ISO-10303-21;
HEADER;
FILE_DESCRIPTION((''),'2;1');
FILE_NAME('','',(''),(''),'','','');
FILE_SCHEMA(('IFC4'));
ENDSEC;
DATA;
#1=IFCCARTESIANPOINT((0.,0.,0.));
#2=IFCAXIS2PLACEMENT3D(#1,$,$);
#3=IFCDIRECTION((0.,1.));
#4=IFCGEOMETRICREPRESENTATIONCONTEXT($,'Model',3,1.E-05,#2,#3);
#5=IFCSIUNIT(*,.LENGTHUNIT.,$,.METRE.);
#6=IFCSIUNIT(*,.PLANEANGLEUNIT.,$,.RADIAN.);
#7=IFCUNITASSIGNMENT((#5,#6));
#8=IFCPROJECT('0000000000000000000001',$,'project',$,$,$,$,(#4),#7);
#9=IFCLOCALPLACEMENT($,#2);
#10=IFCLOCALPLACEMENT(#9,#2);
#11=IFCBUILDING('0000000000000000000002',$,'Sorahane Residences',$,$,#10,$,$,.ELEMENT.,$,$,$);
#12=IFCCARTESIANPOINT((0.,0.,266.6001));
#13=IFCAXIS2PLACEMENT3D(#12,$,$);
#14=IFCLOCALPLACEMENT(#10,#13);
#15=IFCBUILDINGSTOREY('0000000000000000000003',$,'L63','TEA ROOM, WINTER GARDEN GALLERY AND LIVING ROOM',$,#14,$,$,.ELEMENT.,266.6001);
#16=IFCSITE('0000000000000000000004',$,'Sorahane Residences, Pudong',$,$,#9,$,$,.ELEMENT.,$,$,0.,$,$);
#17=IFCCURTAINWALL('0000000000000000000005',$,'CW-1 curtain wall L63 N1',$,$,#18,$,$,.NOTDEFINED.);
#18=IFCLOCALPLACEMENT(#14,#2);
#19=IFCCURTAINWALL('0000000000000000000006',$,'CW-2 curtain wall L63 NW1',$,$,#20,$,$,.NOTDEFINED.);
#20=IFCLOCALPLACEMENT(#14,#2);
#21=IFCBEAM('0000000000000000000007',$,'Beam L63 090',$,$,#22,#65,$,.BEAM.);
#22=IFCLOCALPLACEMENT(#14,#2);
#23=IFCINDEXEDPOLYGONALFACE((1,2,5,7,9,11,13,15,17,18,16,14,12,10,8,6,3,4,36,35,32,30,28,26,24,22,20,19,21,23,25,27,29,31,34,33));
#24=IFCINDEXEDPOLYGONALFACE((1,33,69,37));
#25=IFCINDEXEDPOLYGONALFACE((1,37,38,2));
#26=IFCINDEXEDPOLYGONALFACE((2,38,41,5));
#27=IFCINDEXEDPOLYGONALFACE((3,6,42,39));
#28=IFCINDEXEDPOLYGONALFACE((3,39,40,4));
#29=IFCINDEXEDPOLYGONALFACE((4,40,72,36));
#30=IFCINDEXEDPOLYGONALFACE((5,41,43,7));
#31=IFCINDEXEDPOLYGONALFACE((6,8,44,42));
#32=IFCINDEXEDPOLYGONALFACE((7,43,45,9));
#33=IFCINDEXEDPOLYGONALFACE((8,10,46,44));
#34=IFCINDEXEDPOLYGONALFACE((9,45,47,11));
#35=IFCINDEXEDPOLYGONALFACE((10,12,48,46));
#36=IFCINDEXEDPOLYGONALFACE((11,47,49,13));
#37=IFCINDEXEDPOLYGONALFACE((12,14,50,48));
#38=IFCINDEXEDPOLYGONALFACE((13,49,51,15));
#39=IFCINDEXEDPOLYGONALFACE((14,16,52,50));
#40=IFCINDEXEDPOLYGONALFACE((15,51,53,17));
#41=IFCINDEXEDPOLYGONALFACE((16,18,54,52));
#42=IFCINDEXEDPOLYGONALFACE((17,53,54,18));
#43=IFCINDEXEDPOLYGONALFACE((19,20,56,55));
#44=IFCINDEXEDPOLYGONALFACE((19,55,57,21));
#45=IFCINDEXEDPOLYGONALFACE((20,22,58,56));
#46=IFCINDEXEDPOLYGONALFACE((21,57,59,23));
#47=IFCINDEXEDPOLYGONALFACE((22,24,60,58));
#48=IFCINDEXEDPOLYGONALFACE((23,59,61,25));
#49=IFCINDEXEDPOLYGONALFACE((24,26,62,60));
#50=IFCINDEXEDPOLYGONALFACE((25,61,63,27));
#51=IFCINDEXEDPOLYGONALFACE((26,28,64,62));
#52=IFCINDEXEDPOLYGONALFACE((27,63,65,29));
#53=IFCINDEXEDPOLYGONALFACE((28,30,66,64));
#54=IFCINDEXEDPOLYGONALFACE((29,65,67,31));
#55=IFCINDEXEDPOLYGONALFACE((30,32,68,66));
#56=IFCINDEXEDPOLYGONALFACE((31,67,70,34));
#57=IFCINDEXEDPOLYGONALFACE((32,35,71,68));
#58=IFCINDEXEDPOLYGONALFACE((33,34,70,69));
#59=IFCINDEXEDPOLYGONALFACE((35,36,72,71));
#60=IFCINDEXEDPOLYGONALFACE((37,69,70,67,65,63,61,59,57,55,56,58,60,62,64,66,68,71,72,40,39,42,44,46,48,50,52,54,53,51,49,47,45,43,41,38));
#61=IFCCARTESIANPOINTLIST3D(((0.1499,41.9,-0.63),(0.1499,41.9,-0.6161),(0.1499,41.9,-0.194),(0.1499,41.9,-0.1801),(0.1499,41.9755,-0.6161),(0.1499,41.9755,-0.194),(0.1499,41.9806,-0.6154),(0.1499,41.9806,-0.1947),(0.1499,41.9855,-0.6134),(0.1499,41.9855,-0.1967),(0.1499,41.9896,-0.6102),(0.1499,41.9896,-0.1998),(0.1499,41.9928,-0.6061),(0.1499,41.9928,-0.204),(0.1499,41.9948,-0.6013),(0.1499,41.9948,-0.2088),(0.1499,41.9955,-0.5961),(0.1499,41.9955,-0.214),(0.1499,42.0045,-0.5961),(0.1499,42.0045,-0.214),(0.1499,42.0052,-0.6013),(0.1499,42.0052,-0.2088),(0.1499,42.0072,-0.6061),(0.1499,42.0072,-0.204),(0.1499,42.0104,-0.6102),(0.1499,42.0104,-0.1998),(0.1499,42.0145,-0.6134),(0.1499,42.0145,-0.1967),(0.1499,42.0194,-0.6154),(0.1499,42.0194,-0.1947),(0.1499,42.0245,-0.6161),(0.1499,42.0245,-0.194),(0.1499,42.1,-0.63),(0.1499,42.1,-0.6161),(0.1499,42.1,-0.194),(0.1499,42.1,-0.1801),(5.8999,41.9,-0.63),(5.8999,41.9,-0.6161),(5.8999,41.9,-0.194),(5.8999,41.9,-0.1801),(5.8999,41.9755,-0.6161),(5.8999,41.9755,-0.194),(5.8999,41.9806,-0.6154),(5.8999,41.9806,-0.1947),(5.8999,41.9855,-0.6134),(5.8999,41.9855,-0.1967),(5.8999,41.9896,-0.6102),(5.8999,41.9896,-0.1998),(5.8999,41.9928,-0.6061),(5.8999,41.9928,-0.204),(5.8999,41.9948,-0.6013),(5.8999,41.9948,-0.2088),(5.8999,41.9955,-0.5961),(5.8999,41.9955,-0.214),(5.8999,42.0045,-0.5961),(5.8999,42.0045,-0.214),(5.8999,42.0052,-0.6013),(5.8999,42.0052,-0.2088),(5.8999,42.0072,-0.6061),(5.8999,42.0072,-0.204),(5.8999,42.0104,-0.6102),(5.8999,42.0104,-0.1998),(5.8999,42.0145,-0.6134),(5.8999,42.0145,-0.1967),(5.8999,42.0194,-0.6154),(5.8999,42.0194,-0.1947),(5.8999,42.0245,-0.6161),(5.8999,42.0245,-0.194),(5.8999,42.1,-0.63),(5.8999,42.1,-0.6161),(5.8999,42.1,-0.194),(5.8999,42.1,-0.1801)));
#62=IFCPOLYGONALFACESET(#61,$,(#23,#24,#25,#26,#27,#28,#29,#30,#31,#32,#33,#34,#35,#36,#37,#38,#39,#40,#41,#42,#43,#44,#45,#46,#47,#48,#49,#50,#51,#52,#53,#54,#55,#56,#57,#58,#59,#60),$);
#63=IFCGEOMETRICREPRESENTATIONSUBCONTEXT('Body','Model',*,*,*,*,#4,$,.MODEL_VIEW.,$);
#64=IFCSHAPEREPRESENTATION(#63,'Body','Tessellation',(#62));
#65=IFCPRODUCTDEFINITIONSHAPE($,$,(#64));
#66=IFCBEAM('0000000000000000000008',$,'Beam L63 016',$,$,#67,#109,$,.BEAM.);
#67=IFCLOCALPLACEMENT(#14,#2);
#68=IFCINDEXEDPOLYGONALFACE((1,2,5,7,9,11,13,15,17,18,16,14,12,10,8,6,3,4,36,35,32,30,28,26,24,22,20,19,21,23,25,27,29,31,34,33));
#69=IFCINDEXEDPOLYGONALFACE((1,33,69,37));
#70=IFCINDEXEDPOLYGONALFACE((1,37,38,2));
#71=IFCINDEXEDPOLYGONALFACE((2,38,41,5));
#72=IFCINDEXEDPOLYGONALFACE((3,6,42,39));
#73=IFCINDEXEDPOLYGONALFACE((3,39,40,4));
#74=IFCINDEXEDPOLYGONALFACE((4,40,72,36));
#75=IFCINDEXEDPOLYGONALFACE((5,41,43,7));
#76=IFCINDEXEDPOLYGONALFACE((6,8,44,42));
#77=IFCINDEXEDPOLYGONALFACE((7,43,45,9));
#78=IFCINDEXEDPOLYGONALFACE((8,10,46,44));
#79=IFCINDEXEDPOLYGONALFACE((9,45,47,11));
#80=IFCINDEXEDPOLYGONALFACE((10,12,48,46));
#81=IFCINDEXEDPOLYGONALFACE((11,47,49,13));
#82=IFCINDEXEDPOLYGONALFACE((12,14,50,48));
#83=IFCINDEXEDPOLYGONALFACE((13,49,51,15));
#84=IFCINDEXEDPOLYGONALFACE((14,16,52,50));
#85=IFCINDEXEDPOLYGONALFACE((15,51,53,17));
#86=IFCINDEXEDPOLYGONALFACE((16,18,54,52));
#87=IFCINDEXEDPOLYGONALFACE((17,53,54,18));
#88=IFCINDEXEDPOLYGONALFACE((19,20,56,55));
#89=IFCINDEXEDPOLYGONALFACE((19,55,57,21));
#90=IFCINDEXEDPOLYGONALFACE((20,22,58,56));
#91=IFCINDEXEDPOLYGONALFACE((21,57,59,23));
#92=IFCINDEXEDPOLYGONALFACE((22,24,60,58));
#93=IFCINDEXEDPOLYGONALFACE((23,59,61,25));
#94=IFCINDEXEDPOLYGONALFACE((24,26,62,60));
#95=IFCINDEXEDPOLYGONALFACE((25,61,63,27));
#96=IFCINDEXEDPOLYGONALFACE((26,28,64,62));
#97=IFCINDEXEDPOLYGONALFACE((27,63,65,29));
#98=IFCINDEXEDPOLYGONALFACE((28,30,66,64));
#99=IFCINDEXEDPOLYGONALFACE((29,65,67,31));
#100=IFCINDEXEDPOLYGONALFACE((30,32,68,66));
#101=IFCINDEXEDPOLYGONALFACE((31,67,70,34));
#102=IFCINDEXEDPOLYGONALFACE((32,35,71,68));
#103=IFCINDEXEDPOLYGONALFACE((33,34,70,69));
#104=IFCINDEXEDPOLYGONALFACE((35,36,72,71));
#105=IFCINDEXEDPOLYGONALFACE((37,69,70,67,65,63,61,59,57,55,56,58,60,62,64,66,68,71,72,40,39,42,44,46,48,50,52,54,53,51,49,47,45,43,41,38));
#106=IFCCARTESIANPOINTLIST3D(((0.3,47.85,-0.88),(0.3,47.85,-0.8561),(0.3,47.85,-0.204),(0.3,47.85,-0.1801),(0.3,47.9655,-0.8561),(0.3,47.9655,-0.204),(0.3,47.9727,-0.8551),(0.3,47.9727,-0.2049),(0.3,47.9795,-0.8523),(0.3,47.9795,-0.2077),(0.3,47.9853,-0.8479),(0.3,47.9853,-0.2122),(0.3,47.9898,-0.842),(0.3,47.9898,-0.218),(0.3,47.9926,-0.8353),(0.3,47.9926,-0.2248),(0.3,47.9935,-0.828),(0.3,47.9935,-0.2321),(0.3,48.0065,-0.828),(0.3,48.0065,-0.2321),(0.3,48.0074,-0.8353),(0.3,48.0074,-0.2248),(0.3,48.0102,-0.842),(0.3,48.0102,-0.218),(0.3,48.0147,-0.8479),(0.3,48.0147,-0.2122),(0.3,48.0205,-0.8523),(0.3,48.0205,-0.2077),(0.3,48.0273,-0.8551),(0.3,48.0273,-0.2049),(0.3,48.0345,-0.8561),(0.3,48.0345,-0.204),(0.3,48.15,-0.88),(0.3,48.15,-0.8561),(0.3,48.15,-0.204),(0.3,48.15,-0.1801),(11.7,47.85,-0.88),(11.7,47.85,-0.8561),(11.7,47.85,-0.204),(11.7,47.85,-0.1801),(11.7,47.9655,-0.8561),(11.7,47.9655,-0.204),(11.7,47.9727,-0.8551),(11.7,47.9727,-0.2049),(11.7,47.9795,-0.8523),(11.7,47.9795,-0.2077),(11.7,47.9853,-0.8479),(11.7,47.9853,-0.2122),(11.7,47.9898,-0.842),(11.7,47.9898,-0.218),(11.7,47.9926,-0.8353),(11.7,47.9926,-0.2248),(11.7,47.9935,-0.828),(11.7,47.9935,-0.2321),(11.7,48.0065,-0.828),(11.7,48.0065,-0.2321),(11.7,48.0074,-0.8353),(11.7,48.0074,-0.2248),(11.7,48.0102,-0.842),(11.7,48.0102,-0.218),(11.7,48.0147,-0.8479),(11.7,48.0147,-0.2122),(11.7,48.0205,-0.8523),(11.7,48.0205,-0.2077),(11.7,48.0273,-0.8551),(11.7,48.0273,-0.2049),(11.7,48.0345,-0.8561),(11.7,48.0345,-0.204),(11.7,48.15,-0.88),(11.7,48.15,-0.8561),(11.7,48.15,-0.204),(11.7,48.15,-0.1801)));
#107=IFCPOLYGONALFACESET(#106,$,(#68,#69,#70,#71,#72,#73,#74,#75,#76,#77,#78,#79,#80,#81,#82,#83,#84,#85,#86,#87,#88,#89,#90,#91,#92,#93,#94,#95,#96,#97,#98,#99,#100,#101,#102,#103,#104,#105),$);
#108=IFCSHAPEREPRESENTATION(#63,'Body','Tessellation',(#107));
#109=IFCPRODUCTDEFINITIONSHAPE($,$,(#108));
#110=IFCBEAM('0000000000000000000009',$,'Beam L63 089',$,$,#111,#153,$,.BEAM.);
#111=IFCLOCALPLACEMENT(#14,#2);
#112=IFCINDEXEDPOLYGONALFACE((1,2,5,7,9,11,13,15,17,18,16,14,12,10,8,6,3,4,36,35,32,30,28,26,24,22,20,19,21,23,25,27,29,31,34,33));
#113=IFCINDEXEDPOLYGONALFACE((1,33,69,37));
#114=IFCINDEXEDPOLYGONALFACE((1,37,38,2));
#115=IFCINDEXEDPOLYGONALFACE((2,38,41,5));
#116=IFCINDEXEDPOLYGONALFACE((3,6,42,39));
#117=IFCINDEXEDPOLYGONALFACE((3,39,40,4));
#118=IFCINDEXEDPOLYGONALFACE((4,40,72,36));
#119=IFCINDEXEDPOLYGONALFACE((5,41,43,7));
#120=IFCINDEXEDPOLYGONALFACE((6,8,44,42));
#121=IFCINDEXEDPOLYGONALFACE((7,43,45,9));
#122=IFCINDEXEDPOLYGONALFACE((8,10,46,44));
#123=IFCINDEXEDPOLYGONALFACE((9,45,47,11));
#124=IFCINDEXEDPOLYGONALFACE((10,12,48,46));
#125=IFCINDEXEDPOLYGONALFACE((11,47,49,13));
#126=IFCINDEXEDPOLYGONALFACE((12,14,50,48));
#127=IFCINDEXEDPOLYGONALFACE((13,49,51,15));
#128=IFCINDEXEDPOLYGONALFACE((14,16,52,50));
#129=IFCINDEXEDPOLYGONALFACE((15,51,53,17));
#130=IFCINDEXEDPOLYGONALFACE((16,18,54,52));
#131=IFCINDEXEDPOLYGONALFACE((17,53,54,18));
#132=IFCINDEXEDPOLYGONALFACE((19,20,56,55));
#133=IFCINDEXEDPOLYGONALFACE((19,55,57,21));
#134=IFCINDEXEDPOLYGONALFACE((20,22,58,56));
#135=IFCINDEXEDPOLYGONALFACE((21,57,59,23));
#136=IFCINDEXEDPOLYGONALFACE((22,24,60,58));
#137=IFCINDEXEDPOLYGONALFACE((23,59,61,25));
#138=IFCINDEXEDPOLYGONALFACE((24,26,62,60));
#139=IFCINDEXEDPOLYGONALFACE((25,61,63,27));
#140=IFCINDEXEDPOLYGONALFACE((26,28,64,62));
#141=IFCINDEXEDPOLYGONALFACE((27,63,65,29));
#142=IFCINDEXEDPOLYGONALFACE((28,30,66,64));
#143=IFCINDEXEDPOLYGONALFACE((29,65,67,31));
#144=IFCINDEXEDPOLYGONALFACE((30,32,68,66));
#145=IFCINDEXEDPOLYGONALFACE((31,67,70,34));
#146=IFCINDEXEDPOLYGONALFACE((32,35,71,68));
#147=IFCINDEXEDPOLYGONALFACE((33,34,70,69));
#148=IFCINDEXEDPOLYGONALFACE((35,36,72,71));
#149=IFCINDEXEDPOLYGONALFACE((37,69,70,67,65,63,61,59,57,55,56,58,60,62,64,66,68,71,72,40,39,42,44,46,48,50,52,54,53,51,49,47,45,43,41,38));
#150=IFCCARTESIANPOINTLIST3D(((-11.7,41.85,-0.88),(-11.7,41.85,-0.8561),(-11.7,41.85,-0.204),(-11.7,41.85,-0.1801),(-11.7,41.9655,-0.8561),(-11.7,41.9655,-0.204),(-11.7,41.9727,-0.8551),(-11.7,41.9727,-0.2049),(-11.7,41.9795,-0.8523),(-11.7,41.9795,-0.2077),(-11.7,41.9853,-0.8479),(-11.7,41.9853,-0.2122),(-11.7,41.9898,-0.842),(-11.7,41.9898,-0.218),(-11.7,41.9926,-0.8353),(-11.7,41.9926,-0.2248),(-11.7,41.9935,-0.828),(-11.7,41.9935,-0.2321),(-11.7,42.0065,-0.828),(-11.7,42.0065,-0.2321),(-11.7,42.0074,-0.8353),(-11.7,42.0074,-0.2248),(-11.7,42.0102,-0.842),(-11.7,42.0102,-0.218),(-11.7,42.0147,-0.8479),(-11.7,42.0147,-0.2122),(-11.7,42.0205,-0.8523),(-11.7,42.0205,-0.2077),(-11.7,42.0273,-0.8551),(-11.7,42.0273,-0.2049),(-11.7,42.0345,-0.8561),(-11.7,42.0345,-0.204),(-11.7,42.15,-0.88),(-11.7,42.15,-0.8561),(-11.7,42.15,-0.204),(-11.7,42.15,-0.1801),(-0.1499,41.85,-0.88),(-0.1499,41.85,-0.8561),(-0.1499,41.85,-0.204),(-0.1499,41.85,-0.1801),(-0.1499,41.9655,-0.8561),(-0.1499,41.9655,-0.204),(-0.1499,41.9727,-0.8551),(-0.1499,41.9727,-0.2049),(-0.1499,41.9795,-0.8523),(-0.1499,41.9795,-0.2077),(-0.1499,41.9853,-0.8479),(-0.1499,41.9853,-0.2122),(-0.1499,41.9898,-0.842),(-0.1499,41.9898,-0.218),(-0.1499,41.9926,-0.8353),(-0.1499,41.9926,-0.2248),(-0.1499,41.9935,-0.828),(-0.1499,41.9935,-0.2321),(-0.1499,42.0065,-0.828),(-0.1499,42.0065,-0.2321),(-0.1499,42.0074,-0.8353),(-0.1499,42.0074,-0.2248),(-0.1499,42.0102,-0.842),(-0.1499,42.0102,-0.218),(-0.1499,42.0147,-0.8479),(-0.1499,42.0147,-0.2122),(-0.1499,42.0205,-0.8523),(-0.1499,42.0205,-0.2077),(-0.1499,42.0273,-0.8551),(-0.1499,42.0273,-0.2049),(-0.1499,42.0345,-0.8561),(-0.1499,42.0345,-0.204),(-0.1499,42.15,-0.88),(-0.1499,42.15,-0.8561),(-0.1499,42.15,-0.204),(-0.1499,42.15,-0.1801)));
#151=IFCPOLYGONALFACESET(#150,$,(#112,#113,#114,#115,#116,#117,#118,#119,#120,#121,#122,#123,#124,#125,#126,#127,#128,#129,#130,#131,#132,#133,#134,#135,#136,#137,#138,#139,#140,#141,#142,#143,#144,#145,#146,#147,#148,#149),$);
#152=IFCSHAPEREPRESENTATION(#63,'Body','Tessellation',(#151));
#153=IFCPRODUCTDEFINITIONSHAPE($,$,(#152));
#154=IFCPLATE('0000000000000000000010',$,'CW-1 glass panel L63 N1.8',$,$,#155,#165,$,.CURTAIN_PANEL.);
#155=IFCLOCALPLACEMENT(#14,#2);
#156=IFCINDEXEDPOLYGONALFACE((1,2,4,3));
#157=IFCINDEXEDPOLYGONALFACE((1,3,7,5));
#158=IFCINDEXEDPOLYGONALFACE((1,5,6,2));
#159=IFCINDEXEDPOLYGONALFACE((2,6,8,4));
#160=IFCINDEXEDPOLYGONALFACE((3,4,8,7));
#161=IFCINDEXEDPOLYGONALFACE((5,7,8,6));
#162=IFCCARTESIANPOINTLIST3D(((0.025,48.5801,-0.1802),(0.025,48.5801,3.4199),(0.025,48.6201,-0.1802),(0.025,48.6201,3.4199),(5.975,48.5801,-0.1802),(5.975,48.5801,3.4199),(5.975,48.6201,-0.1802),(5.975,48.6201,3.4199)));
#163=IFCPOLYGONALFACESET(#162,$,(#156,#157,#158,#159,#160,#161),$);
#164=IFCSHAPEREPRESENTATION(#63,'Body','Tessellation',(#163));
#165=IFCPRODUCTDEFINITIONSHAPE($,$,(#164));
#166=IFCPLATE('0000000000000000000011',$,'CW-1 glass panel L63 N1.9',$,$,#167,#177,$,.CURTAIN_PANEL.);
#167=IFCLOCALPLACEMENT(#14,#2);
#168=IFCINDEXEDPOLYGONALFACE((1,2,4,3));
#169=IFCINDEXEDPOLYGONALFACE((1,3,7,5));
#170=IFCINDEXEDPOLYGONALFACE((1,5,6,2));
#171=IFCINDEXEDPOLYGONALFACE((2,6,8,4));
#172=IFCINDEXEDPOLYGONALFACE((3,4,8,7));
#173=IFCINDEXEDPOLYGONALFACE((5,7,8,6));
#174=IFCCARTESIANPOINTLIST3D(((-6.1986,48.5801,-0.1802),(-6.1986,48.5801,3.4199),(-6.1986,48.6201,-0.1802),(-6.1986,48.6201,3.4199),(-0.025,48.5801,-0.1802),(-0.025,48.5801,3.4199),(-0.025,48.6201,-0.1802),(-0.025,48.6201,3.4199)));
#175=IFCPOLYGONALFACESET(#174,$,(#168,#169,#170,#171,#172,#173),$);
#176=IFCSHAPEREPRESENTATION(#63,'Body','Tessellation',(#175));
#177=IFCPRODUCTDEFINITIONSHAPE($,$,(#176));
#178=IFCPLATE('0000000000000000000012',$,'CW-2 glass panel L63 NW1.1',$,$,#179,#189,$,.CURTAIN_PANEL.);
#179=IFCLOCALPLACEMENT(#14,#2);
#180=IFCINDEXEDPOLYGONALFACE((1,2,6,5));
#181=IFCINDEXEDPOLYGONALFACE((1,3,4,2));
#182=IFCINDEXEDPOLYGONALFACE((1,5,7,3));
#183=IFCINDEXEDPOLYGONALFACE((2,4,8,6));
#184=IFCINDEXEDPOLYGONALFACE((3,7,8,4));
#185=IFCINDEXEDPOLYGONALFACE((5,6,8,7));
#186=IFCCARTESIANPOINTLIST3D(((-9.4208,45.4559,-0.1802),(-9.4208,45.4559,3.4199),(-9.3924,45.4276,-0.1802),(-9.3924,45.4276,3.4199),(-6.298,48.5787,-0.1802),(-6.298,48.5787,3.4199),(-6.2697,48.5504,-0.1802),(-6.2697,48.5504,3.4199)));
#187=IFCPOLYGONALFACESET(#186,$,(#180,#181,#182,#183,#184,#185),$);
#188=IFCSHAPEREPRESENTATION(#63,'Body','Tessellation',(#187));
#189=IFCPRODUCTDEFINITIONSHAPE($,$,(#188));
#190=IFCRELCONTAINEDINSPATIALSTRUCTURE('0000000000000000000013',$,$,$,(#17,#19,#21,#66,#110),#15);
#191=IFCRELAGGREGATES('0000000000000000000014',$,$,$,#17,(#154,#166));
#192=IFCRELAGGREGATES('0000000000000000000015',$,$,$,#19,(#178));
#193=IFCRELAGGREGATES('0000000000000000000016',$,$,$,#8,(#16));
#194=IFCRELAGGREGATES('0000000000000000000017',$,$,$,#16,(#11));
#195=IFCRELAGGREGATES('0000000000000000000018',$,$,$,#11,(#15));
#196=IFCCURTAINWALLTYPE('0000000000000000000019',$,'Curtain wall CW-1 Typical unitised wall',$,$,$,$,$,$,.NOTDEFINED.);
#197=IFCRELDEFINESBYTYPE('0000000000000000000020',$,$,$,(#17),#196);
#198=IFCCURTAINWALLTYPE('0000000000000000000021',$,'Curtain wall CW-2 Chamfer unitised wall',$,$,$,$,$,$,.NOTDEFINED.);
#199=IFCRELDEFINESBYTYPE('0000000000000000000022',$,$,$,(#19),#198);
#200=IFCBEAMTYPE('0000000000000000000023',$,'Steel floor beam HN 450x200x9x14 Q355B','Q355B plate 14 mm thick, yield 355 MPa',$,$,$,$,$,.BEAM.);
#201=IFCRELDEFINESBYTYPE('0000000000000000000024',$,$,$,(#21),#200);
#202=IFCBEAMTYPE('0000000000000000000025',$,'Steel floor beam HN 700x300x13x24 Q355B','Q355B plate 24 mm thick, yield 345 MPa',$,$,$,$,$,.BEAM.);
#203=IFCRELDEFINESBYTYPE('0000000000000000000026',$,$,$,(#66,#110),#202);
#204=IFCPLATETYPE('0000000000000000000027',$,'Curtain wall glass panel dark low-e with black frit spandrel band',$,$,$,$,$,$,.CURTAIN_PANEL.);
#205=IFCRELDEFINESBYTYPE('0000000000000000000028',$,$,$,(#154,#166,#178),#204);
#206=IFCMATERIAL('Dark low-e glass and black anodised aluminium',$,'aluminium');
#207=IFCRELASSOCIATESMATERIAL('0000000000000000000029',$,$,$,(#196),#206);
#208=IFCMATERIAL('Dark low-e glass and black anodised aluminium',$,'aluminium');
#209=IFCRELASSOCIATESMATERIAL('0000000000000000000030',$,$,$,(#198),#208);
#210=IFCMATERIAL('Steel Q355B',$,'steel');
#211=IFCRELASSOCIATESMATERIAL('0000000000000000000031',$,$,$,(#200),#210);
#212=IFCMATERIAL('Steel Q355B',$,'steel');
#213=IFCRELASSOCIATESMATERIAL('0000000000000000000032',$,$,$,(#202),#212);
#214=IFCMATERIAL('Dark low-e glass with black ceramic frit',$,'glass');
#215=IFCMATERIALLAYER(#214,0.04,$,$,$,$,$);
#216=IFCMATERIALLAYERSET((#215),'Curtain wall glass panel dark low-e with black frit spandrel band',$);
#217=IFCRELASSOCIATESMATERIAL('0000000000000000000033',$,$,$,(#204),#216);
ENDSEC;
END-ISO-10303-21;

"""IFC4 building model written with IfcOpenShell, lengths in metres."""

from ifc_helpers import new_model, si_unit, direction, frame, origin, origin_2d, place, context, subcontext, project, spatial, rectangle, i_section, extrude, material, layer, layer_set, material_profile, profile_set, type_object, element, aggregate, save


model = new_model("IFC4")

# Units and contexts
model_context = context("Model", 3, precision=1e-05, world=origin(), true_north=direction((0.0, 1.0)))
body_context = subcontext(model_context, "Body", "Model", "MODEL_VIEW")
ifc_project = project(units=[si_unit("LENGTHUNIT", "METRE"), si_unit("PLANEANGLEUNIT", "RADIAN")], contexts=[model_context])

# Site, building, storey
site_placement = place(None, origin())
site = spatial("IfcSite", under=ifc_project, at=site_placement, Name="Sorahane Residences, Pudong", CompositionType="ELEMENT", RefElevation=0.0)
building_placement = place(site_placement, origin())
building = spatial("IfcBuilding", under=site, at=building_placement, Name="Sorahane Residences", CompositionType="ELEMENT")
storey_placement = place(building_placement, frame((0.0, 0.0, 266.6001)))
storey = spatial("IfcBuildingStorey", under=building, at=storey_placement, Name="L63", Description="TEA ROOM, WINTER GARDEN GALLERY AND LIVING ROOM", CompositionType="ELEMENT", Elevation=266.6001)

# Curtain walls
ifc_material_1 = material(Name="Dark low-e glass and black anodised aluminium", Category="aluminium")
curtain_wall_type_1 = type_object("IfcCurtainWallType", Name="Curtain wall CW-1 Typical unitised wall", PredefinedType="NOTDEFINED", material=ifc_material_1)
curtain_wall_1_placement = place(storey_placement, origin())
curtain_wall_1 = element("IfcCurtainWall", 1, at=curtain_wall_1_placement, inside=storey, type_object=curtain_wall_type_1, Name="CW-1 curtain wall L63 N1", PredefinedType="NOTDEFINED")
ifc_material_2 = material(Name="Dark low-e glass and black anodised aluminium", Category="aluminium")
curtain_wall_type_2 = type_object("IfcCurtainWallType", Name="Curtain wall CW-2 Chamfer unitised wall", PredefinedType="NOTDEFINED", material=ifc_material_2)
curtain_wall_2_placement = place(storey_placement, origin())
curtain_wall_2 = element("IfcCurtainWall", 2, at=curtain_wall_2_placement, inside=storey, type_object=curtain_wall_type_2, Name="CW-2 curtain wall L63 NW1", PredefinedType="NOTDEFINED")

# Beams
ifc_material_3 = material(Name="Steel Q355B", Category="steel")
ifc_material_profile_1 = material_profile(ifc_material_3, i_section(OverallWidth=0.2, OverallDepth=0.45, WebThickness=0.009, FlangeThickness=0.0139, FilletRadius=0.02, at=origin_2d()), Name="HN 450x200x9x14")
ifc_profile_set_1 = profile_set([ifc_material_profile_1], Name="Steel Q355B")
beam_type_1 = type_object("IfcBeamType", Name="Steel floor beam HN 450x200x9x14 Q355B", Description="Q355B plate 14 mm thick, yield 355 MPa", PredefinedType="BEAM", material=ifc_profile_set_1)
beam_1_placement = place(storey_placement, frame((0.1499, 42.0, -0.405), z_axis=(1.0, 0.0, 0.0), x_axis=(0.0, 1.0, 0.0)))
element("IfcBeam", 3, at=beam_1_placement, inside=storey, type_object=beam_type_1, Name="Beam L63 090", PredefinedType="BEAM", context=body_context, shape_type="SweptSolid", body=[
    extrude(i_section(OverallWidth=0.2, OverallDepth=0.45, WebThickness=0.009, FlangeThickness=0.0139, FilletRadius=0.02, at=origin_2d()), origin(), (0.0, 0.0, 1.0), 5.75),
])
ifc_material_4 = material(Name="Steel Q355B", Category="steel")
ifc_material_profile_2 = material_profile(ifc_material_4, i_section(OverallWidth=0.3, OverallDepth=0.7, WebThickness=0.0129, FlangeThickness=0.0239, FilletRadius=0.0281, at=origin_2d()), Name="HN 700x300x13x24")
ifc_profile_set_2 = profile_set([ifc_material_profile_2], Name="Steel Q355B")
beam_type_2 = type_object("IfcBeamType", Name="Steel floor beam HN 700x300x13x24 Q355B", Description="Q355B plate 24 mm thick, yield 345 MPa", PredefinedType="BEAM", material=ifc_profile_set_2)
beam_2_placement = place(storey_placement, frame((0.3, 48.0, -0.53), z_axis=(1.0, 0.0, 0.0), x_axis=(0.0, 1.0, 0.0)))
element("IfcBeam", 4, at=beam_2_placement, inside=storey, type_object=beam_type_2, Name="Beam L63 016", PredefinedType="BEAM", context=body_context, shape_type="SweptSolid", body=[
    extrude(i_section(OverallWidth=0.3, OverallDepth=0.7, WebThickness=0.0129, FlangeThickness=0.0239, FilletRadius=0.0281, at=origin_2d()), origin(), (0.0, 0.0, 1.0), 11.3999),
])
beam_3_placement = place(storey_placement, frame((-11.7, 42.0, -0.53), z_axis=(1.0, 0.0, 0.0), x_axis=(0.0, 1.0, 0.0)))
element("IfcBeam", 5, at=beam_3_placement, inside=storey, type_object=beam_type_2, Name="Beam L63 089", PredefinedType="BEAM", context=body_context, shape_type="SweptSolid", body=[
    extrude(i_section(OverallWidth=0.3, OverallDepth=0.7, WebThickness=0.0129, FlangeThickness=0.0239, FilletRadius=0.0281, at=origin_2d()), origin(), (0.0, 0.0, 1.0), 11.55),
])

# Plates
ifc_material_5 = material(Name="Dark low-e glass with black ceramic frit", Category="glass")
ifc_layer_1 = layer(ifc_material_5, 0.04)
ifc_layer_set_1 = layer_set([ifc_layer_1], Name="Curtain wall glass panel dark low-e with black frit spandrel band")
plate_type = type_object("IfcPlateType", Name="Curtain wall glass panel dark low-e with black frit spandrel band", PredefinedType="CURTAIN_PANEL", material=ifc_layer_set_1)
plate_1_placement = place(storey_placement, frame((3.0, 48.6001, -0.1802), z_axis=(0.0, 0.0, 1.0), x_axis=(-1.0, 0.0, 0.0)))
plate_1 = element("IfcPlate", 6, at=plate_1_placement, type_object=plate_type, Name="CW-1 glass panel L63 N1.8", PredefinedType="CURTAIN_PANEL", context=body_context, shape_type="SweptSolid", body=[
    extrude(rectangle(XDim=5.95, YDim=0.04, at=origin_2d()), origin(), (0.0, 0.0, 1.0), 3.6001),
])
plate_2_placement = place(storey_placement, frame((-3.1118, 48.6001, -0.1802), z_axis=(0.0, 0.0, 1.0), x_axis=(-1.0, 0.0, 0.0)))
plate_2 = element("IfcPlate", 7, at=plate_2_placement, type_object=plate_type, Name="CW-1 glass panel L63 N1.9", PredefinedType="CURTAIN_PANEL", context=body_context, shape_type="SweptSolid", body=[
    extrude(rectangle(XDim=6.1736, YDim=0.04, at=origin_2d()), origin(), (0.0, 0.0, 1.0), 3.6001),
])
aggregate(curtain_wall_1, [plate_1, plate_2])
plate_3_placement = place(storey_placement, frame((-7.8452, 47.0032, -0.1802), z_axis=(0.0, 0.0, 1.0), x_axis=(-0.707107, -0.707107, 0.0)))
plate_3 = element("IfcPlate", 8, at=plate_3_placement, type_object=plate_type, Name="CW-2 glass panel L63 NW1.1", PredefinedType="CURTAIN_PANEL", context=body_context, shape_type="SweptSolid", body=[
    extrude(rectangle(XDim=4.4163, YDim=0.04, at=origin_2d()), origin(), (0.0, 0.0, 1.0), 3.6001),
])
aggregate(curtain_wall_2, [plate_3])

save(model, "model.ifc")
